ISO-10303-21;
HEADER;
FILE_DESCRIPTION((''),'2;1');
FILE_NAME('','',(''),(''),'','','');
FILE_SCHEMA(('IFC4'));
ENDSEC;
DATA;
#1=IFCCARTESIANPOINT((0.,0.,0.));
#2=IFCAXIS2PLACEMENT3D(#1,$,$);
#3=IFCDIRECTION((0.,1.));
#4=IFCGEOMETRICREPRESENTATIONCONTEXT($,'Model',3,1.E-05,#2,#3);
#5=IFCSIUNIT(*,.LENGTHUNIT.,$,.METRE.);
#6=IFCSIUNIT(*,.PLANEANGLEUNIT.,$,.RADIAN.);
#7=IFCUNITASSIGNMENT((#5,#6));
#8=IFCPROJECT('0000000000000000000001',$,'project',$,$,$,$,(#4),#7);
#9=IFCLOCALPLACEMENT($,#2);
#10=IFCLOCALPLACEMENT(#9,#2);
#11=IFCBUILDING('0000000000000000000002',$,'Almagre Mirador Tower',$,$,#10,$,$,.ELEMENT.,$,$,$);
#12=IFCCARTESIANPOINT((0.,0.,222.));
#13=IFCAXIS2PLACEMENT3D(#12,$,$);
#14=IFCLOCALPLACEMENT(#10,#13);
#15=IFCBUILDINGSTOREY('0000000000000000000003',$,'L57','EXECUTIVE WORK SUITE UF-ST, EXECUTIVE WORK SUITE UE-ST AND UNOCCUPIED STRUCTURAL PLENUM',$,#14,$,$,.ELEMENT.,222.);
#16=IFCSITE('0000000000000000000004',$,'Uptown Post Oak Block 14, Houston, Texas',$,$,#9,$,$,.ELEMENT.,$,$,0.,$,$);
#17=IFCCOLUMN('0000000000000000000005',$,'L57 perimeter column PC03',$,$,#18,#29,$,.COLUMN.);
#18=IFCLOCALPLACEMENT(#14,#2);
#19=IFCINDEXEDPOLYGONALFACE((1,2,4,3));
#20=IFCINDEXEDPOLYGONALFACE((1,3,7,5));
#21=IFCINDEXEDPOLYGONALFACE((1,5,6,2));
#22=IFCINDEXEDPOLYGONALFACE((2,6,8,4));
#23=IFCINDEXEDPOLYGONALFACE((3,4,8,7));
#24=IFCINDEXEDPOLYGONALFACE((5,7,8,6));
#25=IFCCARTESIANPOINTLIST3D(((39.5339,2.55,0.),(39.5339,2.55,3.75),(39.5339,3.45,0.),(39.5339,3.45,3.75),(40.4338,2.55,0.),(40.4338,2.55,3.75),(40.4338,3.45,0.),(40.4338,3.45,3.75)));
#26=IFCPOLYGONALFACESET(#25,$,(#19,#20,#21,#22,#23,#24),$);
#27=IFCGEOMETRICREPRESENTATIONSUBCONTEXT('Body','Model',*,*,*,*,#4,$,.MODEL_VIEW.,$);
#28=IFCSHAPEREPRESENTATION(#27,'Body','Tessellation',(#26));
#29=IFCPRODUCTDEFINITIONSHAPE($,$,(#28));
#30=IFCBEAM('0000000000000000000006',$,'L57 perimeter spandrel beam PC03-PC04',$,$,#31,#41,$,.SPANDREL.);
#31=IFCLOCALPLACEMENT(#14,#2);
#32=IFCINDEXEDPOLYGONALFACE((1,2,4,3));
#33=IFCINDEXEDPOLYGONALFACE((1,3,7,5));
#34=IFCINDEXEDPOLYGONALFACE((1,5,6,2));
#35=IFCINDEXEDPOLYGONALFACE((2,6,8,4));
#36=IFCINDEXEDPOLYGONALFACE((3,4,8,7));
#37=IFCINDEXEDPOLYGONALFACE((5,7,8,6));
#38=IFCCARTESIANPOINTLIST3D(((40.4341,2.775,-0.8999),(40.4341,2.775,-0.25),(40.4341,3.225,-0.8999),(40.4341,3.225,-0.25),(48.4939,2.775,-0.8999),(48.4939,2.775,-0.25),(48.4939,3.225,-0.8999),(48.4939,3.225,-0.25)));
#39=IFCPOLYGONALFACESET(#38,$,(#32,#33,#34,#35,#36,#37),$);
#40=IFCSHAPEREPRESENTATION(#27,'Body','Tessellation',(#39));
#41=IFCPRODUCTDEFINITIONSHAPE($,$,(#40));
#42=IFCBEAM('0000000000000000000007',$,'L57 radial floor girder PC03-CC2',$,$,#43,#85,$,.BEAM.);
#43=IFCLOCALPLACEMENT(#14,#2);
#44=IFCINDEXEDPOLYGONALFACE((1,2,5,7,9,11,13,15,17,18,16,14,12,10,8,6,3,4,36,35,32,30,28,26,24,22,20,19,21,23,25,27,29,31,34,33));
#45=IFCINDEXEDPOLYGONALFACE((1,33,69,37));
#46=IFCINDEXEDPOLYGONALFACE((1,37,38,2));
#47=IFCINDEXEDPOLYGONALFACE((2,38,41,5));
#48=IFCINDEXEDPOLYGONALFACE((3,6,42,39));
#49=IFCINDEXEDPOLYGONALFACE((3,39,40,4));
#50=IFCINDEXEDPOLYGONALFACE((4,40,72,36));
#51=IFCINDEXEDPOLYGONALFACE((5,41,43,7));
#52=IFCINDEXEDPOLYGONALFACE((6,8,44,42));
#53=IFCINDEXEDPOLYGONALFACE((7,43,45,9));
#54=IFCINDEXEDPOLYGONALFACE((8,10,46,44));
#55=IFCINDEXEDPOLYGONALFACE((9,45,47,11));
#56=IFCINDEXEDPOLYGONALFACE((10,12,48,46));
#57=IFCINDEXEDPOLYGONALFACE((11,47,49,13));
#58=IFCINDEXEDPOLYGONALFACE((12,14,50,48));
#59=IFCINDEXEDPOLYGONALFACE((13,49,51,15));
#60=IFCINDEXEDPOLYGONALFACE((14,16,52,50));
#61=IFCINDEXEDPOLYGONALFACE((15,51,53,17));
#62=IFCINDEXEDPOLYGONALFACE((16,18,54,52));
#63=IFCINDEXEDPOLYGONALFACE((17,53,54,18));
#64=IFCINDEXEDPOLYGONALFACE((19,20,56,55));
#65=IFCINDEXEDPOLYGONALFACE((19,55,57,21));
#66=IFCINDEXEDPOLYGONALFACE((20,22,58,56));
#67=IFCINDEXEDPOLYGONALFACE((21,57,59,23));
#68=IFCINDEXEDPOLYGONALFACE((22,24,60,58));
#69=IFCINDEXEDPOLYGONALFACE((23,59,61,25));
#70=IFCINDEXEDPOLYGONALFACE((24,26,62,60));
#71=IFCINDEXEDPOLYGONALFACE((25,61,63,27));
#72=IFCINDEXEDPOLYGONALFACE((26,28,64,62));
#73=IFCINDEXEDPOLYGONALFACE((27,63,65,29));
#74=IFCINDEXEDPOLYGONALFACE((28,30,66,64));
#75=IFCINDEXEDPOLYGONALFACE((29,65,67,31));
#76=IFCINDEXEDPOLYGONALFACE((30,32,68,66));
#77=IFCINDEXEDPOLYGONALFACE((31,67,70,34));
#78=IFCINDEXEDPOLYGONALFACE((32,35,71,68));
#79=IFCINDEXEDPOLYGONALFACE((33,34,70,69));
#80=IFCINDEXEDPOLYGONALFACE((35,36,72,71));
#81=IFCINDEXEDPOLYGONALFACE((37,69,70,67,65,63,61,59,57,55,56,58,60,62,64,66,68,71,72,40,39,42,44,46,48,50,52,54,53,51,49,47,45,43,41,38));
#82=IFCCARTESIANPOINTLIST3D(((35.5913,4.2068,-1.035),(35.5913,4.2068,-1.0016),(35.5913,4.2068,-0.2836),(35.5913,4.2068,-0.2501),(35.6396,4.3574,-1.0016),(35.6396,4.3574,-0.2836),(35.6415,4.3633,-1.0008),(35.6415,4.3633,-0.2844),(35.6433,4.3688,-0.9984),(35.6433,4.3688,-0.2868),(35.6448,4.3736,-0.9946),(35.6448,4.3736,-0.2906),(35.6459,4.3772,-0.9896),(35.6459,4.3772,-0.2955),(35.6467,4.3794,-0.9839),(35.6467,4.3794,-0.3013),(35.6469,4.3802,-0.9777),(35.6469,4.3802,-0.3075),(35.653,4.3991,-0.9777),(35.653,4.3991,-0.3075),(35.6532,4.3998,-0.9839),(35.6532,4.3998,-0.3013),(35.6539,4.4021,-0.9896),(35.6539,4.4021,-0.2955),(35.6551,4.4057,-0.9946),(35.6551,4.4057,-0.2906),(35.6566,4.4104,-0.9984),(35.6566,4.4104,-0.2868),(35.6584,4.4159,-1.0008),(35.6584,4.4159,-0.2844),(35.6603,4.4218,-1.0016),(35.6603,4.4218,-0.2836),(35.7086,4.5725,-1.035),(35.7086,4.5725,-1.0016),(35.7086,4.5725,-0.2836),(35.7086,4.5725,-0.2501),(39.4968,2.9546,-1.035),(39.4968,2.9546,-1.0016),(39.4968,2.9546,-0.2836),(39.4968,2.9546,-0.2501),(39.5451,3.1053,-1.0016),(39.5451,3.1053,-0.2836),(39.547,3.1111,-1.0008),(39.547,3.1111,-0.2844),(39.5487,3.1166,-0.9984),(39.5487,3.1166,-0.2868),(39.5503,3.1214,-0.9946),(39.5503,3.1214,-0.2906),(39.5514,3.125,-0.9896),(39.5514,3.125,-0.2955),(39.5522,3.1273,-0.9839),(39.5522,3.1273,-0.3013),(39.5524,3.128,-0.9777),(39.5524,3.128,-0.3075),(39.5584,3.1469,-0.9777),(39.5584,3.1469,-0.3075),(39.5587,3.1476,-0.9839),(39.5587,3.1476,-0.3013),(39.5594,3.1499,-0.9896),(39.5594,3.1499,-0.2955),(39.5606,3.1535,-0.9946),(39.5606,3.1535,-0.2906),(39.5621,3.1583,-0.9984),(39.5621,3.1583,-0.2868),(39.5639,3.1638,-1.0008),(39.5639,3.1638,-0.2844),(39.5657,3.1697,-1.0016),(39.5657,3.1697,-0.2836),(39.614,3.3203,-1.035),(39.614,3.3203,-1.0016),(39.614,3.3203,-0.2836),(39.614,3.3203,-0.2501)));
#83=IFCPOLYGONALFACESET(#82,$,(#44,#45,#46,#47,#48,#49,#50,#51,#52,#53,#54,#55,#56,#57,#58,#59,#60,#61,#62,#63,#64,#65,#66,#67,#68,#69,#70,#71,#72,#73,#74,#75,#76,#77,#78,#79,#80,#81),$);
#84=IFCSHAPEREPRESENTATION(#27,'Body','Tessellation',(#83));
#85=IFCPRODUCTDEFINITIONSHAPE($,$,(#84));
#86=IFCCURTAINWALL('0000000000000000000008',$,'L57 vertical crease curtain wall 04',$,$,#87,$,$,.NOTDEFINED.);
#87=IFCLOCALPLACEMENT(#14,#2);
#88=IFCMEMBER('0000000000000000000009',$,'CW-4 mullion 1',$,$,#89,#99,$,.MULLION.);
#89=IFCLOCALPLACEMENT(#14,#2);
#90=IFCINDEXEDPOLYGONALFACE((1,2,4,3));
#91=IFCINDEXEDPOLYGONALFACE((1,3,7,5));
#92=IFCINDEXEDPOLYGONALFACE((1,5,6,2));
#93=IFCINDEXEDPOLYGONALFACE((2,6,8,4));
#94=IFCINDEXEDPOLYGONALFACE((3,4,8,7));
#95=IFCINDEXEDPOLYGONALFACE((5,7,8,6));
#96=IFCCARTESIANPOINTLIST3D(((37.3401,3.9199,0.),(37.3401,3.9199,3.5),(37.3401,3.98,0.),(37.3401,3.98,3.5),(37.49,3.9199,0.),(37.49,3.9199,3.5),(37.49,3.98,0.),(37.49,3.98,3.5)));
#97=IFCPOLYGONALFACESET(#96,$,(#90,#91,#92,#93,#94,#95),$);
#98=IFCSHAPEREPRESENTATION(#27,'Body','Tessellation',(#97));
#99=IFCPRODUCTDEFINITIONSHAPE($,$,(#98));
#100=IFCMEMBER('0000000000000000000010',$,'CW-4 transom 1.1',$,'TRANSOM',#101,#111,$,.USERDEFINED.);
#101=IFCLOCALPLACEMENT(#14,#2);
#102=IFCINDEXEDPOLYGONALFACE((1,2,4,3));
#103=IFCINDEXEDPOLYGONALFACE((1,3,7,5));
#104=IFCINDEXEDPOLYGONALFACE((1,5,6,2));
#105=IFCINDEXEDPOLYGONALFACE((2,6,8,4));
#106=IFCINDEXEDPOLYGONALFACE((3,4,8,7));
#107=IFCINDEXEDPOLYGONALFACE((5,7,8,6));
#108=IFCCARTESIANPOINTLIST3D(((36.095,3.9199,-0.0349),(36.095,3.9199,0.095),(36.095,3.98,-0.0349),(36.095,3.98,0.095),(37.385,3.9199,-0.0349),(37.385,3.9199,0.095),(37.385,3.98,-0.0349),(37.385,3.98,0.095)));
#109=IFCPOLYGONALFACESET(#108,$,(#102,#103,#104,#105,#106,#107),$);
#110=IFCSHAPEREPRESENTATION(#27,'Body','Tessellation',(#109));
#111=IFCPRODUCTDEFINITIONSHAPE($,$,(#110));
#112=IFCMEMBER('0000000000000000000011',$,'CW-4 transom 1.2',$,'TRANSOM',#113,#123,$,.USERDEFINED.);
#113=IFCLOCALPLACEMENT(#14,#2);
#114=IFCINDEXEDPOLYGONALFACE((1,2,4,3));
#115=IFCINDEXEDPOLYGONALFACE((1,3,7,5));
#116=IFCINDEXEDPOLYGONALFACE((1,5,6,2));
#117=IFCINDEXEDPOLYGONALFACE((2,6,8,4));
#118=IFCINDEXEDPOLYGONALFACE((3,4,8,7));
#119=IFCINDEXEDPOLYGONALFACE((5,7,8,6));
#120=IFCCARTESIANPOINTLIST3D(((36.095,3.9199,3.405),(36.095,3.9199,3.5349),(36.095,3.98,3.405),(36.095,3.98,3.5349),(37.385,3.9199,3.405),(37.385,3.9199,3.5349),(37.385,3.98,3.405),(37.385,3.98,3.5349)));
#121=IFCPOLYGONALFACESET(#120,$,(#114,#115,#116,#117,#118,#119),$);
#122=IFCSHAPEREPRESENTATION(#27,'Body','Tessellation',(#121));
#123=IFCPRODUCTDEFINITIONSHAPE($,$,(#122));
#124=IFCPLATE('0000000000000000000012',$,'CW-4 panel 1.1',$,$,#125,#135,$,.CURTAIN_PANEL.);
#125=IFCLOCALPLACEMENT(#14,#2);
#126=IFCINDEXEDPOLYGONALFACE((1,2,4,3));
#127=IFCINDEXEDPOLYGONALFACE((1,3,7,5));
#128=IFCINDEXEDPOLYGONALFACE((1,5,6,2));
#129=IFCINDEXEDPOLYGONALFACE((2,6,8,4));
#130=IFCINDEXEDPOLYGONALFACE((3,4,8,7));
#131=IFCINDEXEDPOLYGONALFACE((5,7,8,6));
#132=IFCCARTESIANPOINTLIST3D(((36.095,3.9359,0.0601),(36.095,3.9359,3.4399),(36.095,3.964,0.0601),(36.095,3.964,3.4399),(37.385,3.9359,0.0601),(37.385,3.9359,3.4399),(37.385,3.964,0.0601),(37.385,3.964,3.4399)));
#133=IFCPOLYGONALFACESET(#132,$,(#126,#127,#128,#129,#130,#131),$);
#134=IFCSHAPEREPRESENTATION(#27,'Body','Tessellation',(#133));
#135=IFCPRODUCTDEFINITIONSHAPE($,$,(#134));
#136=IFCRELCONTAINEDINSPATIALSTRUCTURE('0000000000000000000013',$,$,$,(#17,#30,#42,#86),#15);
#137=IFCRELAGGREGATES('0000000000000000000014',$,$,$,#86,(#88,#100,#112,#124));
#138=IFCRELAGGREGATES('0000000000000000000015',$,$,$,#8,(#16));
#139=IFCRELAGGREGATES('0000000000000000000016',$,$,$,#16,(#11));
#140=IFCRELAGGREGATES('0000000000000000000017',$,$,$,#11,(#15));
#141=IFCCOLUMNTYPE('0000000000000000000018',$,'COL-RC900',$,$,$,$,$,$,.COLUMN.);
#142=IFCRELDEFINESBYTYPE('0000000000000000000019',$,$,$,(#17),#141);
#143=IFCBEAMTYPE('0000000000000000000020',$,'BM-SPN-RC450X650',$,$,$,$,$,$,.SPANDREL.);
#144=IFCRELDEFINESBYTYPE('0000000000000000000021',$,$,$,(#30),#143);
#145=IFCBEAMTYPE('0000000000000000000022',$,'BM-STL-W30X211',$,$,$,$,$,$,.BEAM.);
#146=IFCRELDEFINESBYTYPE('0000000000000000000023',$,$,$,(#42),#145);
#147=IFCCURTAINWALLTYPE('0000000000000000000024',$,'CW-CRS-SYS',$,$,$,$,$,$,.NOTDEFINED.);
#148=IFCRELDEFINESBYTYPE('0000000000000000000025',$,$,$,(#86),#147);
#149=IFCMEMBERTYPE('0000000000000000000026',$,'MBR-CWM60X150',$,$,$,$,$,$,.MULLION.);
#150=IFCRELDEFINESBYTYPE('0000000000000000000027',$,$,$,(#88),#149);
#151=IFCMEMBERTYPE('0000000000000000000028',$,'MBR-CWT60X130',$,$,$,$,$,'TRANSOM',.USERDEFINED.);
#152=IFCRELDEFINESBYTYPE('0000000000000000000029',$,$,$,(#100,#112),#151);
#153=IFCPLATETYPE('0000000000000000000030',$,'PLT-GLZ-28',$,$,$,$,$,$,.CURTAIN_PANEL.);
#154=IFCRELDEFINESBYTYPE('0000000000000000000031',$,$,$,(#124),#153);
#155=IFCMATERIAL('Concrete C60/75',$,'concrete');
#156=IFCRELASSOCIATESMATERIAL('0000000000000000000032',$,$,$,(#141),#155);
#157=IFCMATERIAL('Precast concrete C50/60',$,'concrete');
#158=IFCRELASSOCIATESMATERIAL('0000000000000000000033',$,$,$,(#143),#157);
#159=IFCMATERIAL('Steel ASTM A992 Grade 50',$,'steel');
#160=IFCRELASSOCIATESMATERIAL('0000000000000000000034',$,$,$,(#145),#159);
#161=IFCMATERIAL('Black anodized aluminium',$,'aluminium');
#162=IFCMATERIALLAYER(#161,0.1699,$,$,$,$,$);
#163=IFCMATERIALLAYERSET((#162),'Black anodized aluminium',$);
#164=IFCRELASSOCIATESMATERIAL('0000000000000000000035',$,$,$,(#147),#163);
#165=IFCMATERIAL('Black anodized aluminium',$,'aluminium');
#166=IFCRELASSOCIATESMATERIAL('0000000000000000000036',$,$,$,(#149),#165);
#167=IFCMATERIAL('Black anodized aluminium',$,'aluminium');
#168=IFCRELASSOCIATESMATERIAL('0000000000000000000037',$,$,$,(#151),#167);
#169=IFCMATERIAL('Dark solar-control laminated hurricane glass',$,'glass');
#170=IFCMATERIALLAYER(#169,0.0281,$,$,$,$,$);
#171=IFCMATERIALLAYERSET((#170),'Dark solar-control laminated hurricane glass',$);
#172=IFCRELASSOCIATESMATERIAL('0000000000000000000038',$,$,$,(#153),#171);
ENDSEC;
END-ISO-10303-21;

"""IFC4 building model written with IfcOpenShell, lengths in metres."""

from ifc_helpers import new_model, si_unit, direction, frame, origin, origin_2d, place, context, subcontext, project, spatial, rectangle, i_section, extrude, material, layer, layer_set, material_profile, profile_set, type_object, element, aggregate, save


model = new_model("IFC4")

# Units and contexts
model_context = context("Model", 3, precision=1e-05, world=origin(), true_north=direction((0.0, 1.0)))
body_context = subcontext(model_context, "Body", "Model", "MODEL_VIEW")
ifc_project = project(units=[si_unit("LENGTHUNIT", "METRE"), si_unit("PLANEANGLEUNIT", "RADIAN")], contexts=[model_context])

# Site, building, storey
site_placement = place(None, origin())
site = spatial("IfcSite", under=ifc_project, at=site_placement, Name="Uptown Post Oak Block 14, Houston, Texas", CompositionType="ELEMENT", RefElevation=0.0)
building_placement = place(site_placement, origin())
building = spatial("IfcBuilding", under=site, at=building_placement, Name="Almagre Mirador Tower", CompositionType="ELEMENT")
storey_placement = place(building_placement, frame((0.0, 0.0, 222.0)))
storey = spatial("IfcBuildingStorey", under=building, at=storey_placement, Name="L57", Description="EXECUTIVE WORK SUITE UF-ST, EXECUTIVE WORK SUITE UE-ST AND UNOCCUPIED STRUCTURAL PLENUM", CompositionType="ELEMENT", Elevation=222.0)

# Column
ifc_material_1 = material(Name="Concrete C60/75", Category="concrete")
ifc_material_profile_1 = material_profile(ifc_material_1, rectangle(XDim=0.8999, YDim=0.8999, at=origin_2d()), Name="RC900X900")
ifc_profile_set_1 = profile_set([ifc_material_profile_1], Name="Concrete C60/75")
column_type = type_object("IfcColumnType", Name="COL-RC900", PredefinedType="COLUMN", material=ifc_profile_set_1)
column_placement = place(storey_placement, frame((39.9839, 3.0, 0.0), z_axis=(0.0, 0.0, 1.0), x_axis=(1.0, 0.0, 0.0)))
element("IfcColumn", 1, at=column_placement, inside=storey, type_object=column_type, Name="L57 perimeter column PC03", PredefinedType="COLUMN", context=body_context, shape_type="SweptSolid", body=[
    extrude(rectangle(XDim=0.8999, YDim=0.8999, at=origin_2d()), origin(), (0.0, 0.0, 1.0), 3.75),
])

# Beams
ifc_material_2 = material(Name="Precast concrete C50/60", Category="concrete")
ifc_material_profile_2 = material_profile(ifc_material_2, rectangle(XDim=0.45, YDim=0.6499, at=origin_2d()), Name="RC450X650")
ifc_profile_set_2 = profile_set([ifc_material_profile_2], Name="Precast concrete C50/60")
beam_type_1 = type_object("IfcBeamType", Name="BM-SPN-RC450X650", PredefinedType="SPANDREL", material=ifc_profile_set_2)
beam_1_placement = place(storey_placement, frame((40.4341, 3.0, -0.575), z_axis=(1.0, 0.0, 0.0), x_axis=(0.0, 1.0, 0.0)))
element("IfcBeam", 2, at=beam_1_placement, inside=storey, type_object=beam_type_1, Name="L57 perimeter spandrel beam PC03-PC04", PredefinedType="SPANDREL", context=body_context, shape_type="SweptSolid", body=[
    extrude(rectangle(XDim=0.45, YDim=0.6499, at=origin_2d()), origin(), (0.0, 0.0, 1.0), 8.0598),
])
ifc_material_3 = material(Name="Steel ASTM A992 Grade 50", Category="steel")
ifc_material_profile_3 = material_profile(ifc_material_3, i_section(OverallWidth=0.384, OverallDepth=0.7849, WebThickness=0.0198, FlangeThickness=0.0334, FilletRadius=0.0239, at=origin_2d()), Name="W30X211")
ifc_profile_set_3 = profile_set([ifc_material_profile_3], Name="Steel ASTM A992 Grade 50")
beam_type_2 = type_object("IfcBeamType", Name="BM-STL-W30X211", PredefinedType="BEAM", material=ifc_profile_set_3)
beam_2_placement = place(storey_placement, frame((39.5554, 3.1375, -0.6426), z_axis=(-0.952252, 0.305313, 0.0), x_axis=(-0.305313, -0.952252, 0.0)))
element("IfcBeam", 3, at=beam_2_placement, inside=storey, type_object=beam_type_2, Name="L57 radial floor girder PC03-CC2", PredefinedType="BEAM", context=body_context, shape_type="SweptSolid", body=[
    extrude(i_section(OverallWidth=0.384, OverallDepth=0.7849, WebThickness=0.0198, FlangeThickness=0.0334, FilletRadius=0.0239, at=origin_2d()), origin(), (0.0, 0.0, 1.0), 4.1013),
])

# Curtain wall, members, plate
ifc_material_4 = material(Name="Black anodized aluminium", Category="aluminium")
ifc_layer_1 = layer(ifc_material_4, 0.1699)
ifc_layer_set_1 = layer_set([ifc_layer_1], Name="Black anodized aluminium")
curtain_wall_type = type_object("IfcCurtainWallType", Name="CW-CRS-SYS", PredefinedType="NOTDEFINED", material=ifc_layer_set_1)
curtain_wall_placement = place(storey_placement, origin())
curtain_wall = element("IfcCurtainWall", 4, at=curtain_wall_placement, inside=storey, type_object=curtain_wall_type, Name="L57 vertical crease curtain wall 04", PredefinedType="NOTDEFINED")
ifc_material_5 = material(Name="Black anodized aluminium", Category="aluminium")
ifc_material_profile_4 = material_profile(ifc_material_5, rectangle(XDim=0.0601, YDim=0.1499, at=origin_2d()), Name="CWM60X150")
ifc_profile_set_4 = profile_set([ifc_material_profile_4], Name="Black anodized aluminium")
member_type_1 = type_object("IfcMemberType", Name="MBR-CWM60X150", PredefinedType="MULLION", material=ifc_profile_set_4)
member_1_placement = place(storey_placement, frame((37.415, 3.95, 0.0), z_axis=(0.0, 0.0, 1.0), x_axis=(0.0, -1.0, 0.0)))
member_1 = element("IfcMember", 5, at=member_1_placement, type_object=member_type_1, Name="CW-4 mullion 1", PredefinedType="MULLION", context=body_context, shape_type="SweptSolid", body=[
    extrude(rectangle(XDim=0.0601, YDim=0.1499, at=origin_2d()), origin(), (0.0, 0.0, 1.0), 3.5),
])
ifc_material_6 = material(Name="Black anodized aluminium", Category="aluminium")
ifc_material_profile_5 = material_profile(ifc_material_6, rectangle(XDim=0.0601, YDim=0.1299, at=origin_2d()), Name="CWT60X130")
ifc_profile_set_5 = profile_set([ifc_material_profile_5], Name="Black anodized aluminium")
member_type_2 = type_object("IfcMemberType", Name="MBR-CWT60X130", ElementType="TRANSOM", PredefinedType="USERDEFINED", material=ifc_profile_set_5)
member_2_placement = place(storey_placement, frame((37.385, 3.95, 0.03), z_axis=(-1.0, 0.0, 0.0), x_axis=(0.0, -1.0, 0.0)))
member_2 = element("IfcMember", 6, at=member_2_placement, type_object=member_type_2, Name="CW-4 transom 1.1", ObjectType="TRANSOM", PredefinedType="USERDEFINED", context=body_context, shape_type="SweptSolid", body=[
    extrude(rectangle(XDim=0.0601, YDim=0.1299, at=origin_2d()), origin(), (0.0, 0.0, 1.0), 1.29),
])
member_3_placement = place(storey_placement, frame((37.385, 3.95, 3.47), z_axis=(-1.0, 0.0, 0.0), x_axis=(0.0, -1.0, 0.0)))
member_3 = element("IfcMember", 7, at=member_3_placement, type_object=member_type_2, Name="CW-4 transom 1.2", ObjectType="TRANSOM", PredefinedType="USERDEFINED", context=body_context, shape_type="SweptSolid", body=[
    extrude(rectangle(XDim=0.0601, YDim=0.1299, at=origin_2d()), origin(), (0.0, 0.0, 1.0), 1.29),
])
ifc_material_7 = material(Name="Dark solar-control laminated hurricane glass", Category="glass")
ifc_layer_2 = layer(ifc_material_7, 0.0281)
ifc_layer_set_2 = layer_set([ifc_layer_2], Name="Dark solar-control laminated hurricane glass")
plate_type = type_object("IfcPlateType", Name="PLT-GLZ-28", PredefinedType="CURTAIN_PANEL", material=ifc_layer_set_2)
plate_placement = place(storey_placement, frame((36.74, 3.95, 0.0601), z_axis=(0.0, 0.0, 1.0), x_axis=(-1.0, 0.0, 0.0)))
plate = element("IfcPlate", 8, at=plate_placement, type_object=plate_type, Name="CW-4 panel 1.1", PredefinedType="CURTAIN_PANEL", context=body_context, shape_type="SweptSolid", body=[
    extrude(rectangle(XDim=1.29, YDim=0.0281, at=origin_2d()), origin(), (0.0, 0.0, 1.0), 3.3799),
])
aggregate(curtain_wall, [member_1, member_2, member_3, plate])

save(model, "model.ifc")
